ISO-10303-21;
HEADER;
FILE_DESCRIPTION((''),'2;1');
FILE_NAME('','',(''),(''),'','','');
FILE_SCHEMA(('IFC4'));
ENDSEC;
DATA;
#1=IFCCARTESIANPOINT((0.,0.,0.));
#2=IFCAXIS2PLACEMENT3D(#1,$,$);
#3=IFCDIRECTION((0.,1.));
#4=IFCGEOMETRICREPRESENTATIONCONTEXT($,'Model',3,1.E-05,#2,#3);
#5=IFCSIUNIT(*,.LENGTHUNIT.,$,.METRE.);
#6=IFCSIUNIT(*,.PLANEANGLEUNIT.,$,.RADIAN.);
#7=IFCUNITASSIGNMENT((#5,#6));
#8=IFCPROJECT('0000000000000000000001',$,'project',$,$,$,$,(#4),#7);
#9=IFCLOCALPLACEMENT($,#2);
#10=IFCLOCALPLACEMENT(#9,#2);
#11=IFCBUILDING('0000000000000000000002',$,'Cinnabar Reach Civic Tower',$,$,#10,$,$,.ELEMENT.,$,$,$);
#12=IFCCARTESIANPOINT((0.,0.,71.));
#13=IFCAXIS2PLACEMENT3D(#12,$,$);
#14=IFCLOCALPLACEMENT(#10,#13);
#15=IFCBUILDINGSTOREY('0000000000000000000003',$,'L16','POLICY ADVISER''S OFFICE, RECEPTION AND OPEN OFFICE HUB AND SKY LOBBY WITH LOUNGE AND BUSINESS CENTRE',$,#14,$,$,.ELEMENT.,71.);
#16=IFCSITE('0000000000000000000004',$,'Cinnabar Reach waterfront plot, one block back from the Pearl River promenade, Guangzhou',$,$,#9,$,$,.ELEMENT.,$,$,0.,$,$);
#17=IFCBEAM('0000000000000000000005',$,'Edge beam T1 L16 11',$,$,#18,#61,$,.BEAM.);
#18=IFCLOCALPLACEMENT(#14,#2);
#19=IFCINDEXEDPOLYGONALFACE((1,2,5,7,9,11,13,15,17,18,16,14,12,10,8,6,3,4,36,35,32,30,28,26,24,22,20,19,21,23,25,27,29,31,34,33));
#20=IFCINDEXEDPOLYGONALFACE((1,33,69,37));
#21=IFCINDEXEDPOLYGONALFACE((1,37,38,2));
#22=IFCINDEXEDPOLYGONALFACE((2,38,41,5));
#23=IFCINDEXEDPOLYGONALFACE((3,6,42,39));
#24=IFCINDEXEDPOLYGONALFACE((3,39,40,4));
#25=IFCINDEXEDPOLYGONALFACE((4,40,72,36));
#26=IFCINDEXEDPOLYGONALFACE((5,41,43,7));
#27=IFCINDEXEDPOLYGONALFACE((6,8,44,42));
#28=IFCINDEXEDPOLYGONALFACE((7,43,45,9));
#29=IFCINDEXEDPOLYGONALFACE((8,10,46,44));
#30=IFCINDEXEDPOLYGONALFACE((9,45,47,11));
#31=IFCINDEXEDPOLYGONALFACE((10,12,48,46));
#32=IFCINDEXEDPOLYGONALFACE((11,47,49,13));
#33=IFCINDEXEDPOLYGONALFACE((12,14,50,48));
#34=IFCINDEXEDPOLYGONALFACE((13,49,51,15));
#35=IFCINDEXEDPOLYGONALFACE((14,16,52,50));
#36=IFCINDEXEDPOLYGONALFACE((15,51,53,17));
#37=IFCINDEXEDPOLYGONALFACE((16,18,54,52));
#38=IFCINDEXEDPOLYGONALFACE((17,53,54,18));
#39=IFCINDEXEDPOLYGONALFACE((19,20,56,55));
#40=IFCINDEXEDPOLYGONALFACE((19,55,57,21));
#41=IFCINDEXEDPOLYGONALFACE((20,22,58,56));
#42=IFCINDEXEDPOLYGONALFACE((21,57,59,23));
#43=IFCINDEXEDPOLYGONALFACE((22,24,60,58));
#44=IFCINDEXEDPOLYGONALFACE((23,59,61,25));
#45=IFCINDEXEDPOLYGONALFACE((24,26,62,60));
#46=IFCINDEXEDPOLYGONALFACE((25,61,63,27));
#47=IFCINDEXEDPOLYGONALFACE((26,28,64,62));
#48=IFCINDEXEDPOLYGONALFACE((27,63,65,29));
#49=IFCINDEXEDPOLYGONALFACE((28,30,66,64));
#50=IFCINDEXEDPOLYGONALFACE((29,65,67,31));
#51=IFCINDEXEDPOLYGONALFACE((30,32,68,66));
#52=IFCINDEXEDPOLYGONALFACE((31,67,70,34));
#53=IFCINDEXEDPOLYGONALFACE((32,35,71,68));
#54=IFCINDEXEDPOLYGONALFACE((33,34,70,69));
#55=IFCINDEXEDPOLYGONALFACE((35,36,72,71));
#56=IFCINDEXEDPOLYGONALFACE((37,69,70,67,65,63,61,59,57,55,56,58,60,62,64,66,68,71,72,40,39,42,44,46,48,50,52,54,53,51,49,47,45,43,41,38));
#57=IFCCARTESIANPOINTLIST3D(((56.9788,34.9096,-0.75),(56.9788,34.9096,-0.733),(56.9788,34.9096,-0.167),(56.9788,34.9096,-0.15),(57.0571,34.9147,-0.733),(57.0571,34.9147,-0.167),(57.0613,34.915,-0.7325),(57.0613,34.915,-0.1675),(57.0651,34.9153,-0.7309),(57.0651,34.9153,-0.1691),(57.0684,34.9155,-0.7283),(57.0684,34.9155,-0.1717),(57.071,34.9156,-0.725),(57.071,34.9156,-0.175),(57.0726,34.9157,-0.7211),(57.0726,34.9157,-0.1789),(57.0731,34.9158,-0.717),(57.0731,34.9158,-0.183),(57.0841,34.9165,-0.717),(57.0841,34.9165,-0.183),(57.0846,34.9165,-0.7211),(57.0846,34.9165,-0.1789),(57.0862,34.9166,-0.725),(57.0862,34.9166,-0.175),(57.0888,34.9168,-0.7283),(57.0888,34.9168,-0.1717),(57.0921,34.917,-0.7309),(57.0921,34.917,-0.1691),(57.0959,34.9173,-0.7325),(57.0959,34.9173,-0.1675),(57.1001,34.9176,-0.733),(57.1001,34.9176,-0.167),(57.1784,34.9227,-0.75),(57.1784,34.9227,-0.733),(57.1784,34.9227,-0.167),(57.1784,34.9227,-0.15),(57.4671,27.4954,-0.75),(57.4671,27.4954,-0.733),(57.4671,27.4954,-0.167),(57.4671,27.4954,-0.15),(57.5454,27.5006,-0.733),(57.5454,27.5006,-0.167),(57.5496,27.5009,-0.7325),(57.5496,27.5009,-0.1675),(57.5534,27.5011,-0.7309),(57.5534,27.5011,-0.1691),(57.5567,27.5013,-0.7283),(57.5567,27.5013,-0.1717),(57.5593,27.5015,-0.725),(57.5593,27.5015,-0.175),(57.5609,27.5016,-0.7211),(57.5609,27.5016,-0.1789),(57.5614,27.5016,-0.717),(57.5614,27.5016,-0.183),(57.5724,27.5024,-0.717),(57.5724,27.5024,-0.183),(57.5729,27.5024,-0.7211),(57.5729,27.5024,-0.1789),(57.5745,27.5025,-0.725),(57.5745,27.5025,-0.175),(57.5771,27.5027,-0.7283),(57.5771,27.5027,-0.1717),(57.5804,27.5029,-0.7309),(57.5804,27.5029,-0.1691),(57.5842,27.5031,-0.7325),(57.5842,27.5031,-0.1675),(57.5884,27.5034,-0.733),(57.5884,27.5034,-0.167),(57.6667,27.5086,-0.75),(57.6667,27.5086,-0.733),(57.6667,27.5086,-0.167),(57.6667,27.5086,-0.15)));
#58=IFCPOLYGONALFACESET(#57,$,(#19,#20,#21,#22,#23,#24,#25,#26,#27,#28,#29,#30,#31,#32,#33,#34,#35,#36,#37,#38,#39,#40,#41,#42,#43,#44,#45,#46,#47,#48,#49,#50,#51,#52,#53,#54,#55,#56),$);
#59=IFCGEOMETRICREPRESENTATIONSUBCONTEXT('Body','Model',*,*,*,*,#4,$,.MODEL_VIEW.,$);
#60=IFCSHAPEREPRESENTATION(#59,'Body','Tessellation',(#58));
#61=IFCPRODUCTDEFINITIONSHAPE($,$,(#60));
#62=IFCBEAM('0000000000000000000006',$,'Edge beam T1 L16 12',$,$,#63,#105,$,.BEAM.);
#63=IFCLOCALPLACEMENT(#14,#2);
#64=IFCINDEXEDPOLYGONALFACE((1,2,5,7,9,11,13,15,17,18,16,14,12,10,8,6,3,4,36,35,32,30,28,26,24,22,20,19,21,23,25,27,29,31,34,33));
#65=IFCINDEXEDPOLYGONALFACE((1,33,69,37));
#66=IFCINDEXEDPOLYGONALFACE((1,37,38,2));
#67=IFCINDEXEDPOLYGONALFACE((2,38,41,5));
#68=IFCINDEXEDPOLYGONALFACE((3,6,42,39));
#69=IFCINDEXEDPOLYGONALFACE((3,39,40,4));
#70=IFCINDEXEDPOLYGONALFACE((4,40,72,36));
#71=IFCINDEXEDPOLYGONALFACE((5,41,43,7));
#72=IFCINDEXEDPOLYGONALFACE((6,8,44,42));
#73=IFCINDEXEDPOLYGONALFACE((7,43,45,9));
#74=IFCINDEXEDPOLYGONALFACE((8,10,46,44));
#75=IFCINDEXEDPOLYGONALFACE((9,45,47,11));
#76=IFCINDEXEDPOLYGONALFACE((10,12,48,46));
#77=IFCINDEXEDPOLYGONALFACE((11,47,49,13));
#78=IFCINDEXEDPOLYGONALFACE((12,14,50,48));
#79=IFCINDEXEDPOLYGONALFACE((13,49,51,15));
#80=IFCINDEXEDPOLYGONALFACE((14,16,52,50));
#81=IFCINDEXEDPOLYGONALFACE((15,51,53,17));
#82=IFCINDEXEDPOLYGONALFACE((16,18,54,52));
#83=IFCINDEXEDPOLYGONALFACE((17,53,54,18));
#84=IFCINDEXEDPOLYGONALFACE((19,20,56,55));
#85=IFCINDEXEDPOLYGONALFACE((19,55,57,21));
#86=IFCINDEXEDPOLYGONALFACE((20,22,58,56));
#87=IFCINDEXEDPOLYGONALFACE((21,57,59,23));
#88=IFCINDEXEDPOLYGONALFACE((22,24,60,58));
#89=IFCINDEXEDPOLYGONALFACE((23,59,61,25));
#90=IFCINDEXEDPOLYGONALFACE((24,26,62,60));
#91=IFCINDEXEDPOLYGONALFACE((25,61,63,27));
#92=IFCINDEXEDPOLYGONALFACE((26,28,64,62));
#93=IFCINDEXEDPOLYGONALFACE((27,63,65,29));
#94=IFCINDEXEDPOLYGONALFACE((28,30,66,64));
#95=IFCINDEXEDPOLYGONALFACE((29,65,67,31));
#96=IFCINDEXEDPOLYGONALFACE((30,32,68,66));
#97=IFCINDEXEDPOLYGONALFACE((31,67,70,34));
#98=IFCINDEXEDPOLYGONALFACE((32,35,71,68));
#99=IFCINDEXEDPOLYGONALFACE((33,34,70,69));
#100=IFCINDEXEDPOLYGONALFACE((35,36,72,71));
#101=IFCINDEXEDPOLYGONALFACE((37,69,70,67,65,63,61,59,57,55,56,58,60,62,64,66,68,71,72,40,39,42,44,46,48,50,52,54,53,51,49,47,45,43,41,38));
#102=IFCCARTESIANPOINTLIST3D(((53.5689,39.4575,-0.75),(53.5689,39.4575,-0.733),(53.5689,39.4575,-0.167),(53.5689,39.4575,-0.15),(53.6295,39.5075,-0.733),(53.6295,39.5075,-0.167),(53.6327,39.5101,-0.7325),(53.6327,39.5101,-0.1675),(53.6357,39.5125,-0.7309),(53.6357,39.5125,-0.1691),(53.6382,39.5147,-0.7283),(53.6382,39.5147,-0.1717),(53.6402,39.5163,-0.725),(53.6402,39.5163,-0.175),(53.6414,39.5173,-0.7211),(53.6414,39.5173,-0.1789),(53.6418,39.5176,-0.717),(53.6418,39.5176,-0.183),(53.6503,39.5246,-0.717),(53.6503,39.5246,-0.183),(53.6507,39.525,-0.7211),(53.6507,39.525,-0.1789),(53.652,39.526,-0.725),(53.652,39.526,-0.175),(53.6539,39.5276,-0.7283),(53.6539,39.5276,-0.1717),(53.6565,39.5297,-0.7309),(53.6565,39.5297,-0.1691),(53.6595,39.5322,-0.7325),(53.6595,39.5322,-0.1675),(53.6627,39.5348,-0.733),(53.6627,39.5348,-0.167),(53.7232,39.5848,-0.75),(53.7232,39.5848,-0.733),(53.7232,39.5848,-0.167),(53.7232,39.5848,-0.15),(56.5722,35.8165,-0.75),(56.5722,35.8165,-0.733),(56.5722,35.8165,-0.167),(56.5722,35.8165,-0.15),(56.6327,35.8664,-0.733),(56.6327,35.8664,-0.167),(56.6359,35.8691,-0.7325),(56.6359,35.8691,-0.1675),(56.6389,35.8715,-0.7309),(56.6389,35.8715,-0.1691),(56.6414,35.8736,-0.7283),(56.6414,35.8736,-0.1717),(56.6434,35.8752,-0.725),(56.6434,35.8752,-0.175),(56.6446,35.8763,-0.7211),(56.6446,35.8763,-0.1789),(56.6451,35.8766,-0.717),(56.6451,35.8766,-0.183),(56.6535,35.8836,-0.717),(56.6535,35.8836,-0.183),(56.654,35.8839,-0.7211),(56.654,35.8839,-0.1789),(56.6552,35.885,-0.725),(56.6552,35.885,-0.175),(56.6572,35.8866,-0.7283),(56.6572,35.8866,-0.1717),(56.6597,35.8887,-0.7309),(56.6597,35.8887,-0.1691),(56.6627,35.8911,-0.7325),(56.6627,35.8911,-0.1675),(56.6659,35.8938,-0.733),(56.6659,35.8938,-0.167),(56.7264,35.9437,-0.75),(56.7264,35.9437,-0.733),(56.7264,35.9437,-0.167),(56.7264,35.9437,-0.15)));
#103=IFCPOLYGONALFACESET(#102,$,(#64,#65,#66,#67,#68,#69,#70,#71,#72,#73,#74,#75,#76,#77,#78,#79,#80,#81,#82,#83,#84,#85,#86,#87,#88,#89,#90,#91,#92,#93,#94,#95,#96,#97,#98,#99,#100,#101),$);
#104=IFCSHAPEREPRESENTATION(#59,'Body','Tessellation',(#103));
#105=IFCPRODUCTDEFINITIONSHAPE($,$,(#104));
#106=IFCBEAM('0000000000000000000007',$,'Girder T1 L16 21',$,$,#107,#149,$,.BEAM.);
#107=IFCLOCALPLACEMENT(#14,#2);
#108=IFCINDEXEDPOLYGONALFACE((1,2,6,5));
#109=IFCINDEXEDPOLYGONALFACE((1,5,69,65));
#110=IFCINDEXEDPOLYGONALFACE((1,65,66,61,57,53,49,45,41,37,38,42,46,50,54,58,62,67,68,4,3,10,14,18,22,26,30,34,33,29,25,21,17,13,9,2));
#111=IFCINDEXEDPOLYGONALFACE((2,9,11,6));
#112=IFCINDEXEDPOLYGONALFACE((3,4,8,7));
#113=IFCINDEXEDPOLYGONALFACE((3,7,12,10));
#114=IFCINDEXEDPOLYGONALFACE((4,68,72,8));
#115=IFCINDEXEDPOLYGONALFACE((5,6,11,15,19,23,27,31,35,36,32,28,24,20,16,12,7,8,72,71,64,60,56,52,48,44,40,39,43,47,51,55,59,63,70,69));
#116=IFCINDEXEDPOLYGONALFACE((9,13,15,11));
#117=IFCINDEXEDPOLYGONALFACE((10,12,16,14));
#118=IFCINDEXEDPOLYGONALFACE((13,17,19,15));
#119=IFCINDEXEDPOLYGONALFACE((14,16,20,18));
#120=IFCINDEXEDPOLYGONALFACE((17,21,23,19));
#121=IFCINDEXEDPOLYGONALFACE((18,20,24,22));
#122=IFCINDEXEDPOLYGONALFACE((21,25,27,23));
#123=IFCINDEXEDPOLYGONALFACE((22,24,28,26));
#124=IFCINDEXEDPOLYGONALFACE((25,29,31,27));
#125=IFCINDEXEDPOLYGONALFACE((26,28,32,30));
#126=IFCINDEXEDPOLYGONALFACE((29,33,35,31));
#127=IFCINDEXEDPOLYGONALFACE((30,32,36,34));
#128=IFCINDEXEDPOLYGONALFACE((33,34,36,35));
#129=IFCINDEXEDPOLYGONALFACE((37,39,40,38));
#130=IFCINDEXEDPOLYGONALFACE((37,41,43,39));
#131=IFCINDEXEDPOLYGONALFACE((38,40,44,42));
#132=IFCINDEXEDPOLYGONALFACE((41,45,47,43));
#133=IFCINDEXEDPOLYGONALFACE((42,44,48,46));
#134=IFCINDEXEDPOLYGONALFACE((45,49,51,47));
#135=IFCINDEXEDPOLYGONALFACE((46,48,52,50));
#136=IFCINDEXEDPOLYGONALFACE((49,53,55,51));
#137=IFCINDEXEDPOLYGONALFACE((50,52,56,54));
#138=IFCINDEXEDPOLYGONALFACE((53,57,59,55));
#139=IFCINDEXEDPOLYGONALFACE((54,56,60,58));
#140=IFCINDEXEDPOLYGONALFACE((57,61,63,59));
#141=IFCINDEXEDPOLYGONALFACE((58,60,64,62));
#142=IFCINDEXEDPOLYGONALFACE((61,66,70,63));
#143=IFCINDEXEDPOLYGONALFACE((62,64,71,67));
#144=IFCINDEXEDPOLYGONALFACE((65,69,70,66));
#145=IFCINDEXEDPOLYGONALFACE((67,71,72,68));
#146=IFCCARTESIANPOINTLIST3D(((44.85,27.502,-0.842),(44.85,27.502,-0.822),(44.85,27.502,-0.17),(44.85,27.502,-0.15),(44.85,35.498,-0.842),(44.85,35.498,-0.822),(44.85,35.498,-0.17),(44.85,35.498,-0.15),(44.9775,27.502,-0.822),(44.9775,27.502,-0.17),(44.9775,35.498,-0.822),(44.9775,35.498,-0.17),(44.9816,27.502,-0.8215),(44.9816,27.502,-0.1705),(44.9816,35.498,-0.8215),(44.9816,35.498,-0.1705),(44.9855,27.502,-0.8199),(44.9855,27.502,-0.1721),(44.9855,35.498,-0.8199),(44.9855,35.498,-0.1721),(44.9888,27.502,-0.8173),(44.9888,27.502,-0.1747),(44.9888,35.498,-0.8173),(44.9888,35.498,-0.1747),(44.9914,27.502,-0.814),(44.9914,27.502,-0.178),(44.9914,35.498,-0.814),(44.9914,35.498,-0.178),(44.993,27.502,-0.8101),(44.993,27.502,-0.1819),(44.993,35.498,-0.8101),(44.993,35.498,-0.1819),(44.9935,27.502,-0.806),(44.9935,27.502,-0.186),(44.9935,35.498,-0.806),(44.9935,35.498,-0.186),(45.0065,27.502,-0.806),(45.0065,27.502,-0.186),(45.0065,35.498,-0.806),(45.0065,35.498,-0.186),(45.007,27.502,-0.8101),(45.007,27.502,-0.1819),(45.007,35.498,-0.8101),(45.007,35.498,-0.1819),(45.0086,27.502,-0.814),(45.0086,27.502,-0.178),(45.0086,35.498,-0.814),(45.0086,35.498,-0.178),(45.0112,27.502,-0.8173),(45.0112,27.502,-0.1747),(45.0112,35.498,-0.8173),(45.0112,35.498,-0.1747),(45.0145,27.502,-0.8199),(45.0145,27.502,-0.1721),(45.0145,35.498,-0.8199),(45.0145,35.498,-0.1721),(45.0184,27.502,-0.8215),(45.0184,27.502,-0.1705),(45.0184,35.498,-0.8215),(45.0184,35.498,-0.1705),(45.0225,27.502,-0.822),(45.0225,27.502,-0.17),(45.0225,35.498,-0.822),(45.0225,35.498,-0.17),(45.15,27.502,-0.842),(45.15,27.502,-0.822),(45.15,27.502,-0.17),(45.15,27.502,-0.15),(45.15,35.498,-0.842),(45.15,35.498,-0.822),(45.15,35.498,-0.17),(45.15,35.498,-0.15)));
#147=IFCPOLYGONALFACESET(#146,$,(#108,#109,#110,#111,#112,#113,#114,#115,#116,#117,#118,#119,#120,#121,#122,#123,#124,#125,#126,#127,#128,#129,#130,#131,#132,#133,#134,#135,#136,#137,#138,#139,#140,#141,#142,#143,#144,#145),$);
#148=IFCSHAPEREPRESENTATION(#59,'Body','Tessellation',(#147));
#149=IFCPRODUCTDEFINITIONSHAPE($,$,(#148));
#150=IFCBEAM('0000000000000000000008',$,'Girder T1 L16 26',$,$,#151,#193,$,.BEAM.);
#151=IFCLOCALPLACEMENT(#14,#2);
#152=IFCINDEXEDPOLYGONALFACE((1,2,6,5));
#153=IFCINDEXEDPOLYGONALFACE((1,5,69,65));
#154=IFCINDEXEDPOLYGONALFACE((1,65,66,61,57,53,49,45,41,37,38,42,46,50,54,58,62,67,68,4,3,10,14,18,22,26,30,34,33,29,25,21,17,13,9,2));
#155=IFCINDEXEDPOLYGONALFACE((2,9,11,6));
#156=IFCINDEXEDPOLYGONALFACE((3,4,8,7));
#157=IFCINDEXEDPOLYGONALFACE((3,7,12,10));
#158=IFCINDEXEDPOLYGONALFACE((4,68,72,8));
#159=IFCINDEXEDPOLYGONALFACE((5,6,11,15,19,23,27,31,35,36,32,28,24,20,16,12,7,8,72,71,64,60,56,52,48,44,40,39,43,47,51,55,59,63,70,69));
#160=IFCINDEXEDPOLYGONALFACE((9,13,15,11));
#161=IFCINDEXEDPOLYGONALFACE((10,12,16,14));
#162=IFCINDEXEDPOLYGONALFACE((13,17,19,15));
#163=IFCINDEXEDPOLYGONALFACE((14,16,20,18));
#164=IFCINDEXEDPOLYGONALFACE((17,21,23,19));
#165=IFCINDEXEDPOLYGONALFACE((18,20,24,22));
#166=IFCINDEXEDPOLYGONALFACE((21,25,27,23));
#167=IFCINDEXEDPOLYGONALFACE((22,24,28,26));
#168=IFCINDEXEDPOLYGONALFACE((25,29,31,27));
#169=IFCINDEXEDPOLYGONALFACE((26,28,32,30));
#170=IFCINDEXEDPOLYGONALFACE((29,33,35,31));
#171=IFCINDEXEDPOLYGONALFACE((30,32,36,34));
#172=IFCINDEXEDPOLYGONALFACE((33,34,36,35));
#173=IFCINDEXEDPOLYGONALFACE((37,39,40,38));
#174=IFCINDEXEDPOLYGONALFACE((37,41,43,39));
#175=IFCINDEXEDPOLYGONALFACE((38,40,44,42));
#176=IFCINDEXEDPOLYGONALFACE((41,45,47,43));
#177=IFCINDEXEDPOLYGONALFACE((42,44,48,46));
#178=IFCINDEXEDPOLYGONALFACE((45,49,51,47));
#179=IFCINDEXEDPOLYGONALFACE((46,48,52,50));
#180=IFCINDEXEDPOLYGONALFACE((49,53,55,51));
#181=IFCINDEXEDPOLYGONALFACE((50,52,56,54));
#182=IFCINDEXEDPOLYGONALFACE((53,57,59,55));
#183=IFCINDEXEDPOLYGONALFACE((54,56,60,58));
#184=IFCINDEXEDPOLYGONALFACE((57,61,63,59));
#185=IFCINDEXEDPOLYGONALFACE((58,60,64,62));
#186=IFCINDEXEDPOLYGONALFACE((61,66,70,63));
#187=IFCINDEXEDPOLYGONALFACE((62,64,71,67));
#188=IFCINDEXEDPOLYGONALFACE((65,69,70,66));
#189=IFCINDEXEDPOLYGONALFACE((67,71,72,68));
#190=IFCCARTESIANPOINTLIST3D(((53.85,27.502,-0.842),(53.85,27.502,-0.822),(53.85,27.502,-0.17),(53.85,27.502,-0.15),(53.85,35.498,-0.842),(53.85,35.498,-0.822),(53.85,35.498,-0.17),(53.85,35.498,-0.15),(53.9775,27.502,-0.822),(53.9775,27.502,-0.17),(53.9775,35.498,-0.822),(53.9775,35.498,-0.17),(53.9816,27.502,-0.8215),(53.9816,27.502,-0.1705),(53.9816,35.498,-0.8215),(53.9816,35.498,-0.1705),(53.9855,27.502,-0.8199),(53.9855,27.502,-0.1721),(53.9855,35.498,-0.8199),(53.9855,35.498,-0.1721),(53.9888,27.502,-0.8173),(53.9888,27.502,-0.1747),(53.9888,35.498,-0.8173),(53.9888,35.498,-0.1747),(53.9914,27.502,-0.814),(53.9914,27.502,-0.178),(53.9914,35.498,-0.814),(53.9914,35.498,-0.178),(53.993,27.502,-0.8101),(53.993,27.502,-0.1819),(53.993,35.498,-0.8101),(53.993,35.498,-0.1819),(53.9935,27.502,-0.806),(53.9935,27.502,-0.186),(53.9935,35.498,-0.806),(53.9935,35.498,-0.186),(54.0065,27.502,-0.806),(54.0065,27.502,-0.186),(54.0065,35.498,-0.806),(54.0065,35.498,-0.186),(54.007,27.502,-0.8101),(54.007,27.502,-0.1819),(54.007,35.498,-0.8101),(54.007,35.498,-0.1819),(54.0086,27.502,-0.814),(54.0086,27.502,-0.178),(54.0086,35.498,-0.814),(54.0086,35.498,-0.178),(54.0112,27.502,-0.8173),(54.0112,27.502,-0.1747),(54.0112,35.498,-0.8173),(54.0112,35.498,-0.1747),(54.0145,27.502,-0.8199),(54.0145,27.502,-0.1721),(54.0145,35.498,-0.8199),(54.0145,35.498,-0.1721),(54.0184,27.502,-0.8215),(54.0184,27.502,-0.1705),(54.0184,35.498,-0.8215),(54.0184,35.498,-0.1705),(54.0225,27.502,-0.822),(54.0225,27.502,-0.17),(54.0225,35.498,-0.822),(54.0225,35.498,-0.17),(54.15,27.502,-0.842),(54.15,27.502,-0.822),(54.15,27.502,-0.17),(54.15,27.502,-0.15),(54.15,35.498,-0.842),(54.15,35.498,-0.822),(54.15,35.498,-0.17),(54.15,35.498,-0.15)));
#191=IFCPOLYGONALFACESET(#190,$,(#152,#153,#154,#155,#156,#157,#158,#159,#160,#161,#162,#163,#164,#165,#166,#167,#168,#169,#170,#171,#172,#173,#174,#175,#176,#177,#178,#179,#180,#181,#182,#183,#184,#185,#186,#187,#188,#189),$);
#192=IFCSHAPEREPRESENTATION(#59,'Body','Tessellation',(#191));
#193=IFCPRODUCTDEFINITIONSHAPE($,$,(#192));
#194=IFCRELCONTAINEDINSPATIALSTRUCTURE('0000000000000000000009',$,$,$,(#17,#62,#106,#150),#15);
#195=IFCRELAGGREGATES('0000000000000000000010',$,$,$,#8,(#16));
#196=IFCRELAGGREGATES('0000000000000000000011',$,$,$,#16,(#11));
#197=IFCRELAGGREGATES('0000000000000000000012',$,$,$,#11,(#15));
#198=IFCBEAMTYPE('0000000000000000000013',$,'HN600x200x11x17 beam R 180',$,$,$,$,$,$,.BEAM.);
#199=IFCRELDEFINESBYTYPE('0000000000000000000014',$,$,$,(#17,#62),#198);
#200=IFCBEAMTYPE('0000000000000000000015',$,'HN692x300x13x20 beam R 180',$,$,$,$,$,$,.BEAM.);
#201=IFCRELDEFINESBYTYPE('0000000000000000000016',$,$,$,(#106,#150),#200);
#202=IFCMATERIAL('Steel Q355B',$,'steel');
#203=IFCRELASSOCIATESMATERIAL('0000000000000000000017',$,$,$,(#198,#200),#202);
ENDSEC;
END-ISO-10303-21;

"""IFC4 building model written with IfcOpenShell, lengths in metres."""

from ifc_helpers import new_model, si_unit, direction, frame, origin, origin_2d, place, context, subcontext, project, spatial, i_section, extrude, material, material_profile, profile_set, type_object, element, save


model = new_model("IFC4")

# Units and contexts
model_context = context("Model", 3, precision=1e-05, world=origin(), true_north=direction((0.0, 1.0)))
body_context = subcontext(model_context, "Body", "Model", "MODEL_VIEW")
ifc_project = project(units=[si_unit("LENGTHUNIT", "METRE"), si_unit("PLANEANGLEUNIT", "RADIAN")], contexts=[model_context])

# Site, building, storey
site_placement = place(None, origin())
site = spatial("IfcSite", under=ifc_project, at=site_placement, Name="Cinnabar Reach waterfront plot, one block back from the Pearl River promenade, Guangzhou", CompositionType="ELEMENT", RefElevation=0.0)
building_placement = place(site_placement, origin())
building = spatial("IfcBuilding", under=site, at=building_placement, Name="Cinnabar Reach Civic Tower", CompositionType="ELEMENT")
storey_placement = place(building_placement, frame((0.0, 0.0, 71.0)))
storey = spatial("IfcBuildingStorey", under=building, at=storey_placement, Name="L16", Description="POLICY ADVISER'S OFFICE, RECEPTION AND OPEN OFFICE HUB AND SKY LOBBY WITH LOUNGE AND BUSINESS CENTRE", CompositionType="ELEMENT", Elevation=71.0)

# Beams
ifc_material_1 = material(Name="Steel Q355B", Category="steel")
ifc_material_profile_1 = material_profile(ifc_material_1, i_section(OverallWidth=0.2, OverallDepth=0.6, WebThickness=0.011, FlangeThickness=0.017, FilletRadius=0.016, at=origin_2d()), Name="HN600x200x11x17")
ifc_profile_set_1 = profile_set([ifc_material_profile_1], Name="Steel Q355B")
beam_type_1 = type_object("IfcBeamType", Name="HN600x200x11x17 beam R 180", PredefinedType="BEAM", material=ifc_profile_set_1)
beam_1_placement = place(storey_placement, frame((57.5669, 27.502, -0.45), z_axis=(-0.065719, 0.997838, 0.0), x_axis=(-0.997838, -0.065719, 0.0)))
element("IfcBeam", 1, at=beam_1_placement, inside=storey, type_object=beam_type_1, Name="Edge beam T1 L16 11", PredefinedType="BEAM", context=body_context, shape_type="SweptSolid", body=[
    extrude(i_section(OverallWidth=0.2, OverallDepth=0.6, WebThickness=0.011, FlangeThickness=0.017, FilletRadius=0.016, at=origin_2d()), origin(), (0.0, 0.0, 1.0), 7.4302),
])
beam_2_placement = place(storey_placement, frame((56.6493, 35.8801, -0.45), z_axis=(-0.636304, 0.771438, 0.0), x_axis=(-0.771438, -0.636304, 0.0)))
element("IfcBeam", 2, at=beam_2_placement, inside=storey, type_object=beam_type_1, Name="Edge beam T1 L16 12", PredefinedType="BEAM", context=body_context, shape_type="SweptSolid", body=[
    extrude(i_section(OverallWidth=0.2, OverallDepth=0.6, WebThickness=0.011, FlangeThickness=0.017, FilletRadius=0.016, at=origin_2d()), origin(), (0.0, 0.0, 1.0), 4.7198),
])
ifc_material_profile_2 = material_profile(ifc_material_1, i_section(OverallWidth=0.3, OverallDepth=0.692, WebThickness=0.013, FlangeThickness=0.02, FilletRadius=0.016, at=origin_2d()), Name="HN692x300x13x20")
ifc_profile_set_2 = profile_set([ifc_material_profile_2], Name="Steel Q355B")
beam_type_2 = type_object("IfcBeamType", Name="HN692x300x13x20 beam R 180", PredefinedType="BEAM", material=ifc_profile_set_2)
for number, where, z_axis, x_axis, name in (
    (3, (45.0, 27.502, -0.496), (0.0, 1.0, 0.0), (-1.0, 0.0, 0.0), "Girder T1 L16 21"),
    (4, (54.0, 27.502, -0.496), (0.0, 1.0, 0.0), (-1.0, 0.0, 0.0), "Girder T1 L16 26"),
):
    element("IfcBeam", number, at=place(storey_placement, frame(where, z_axis=z_axis, x_axis=x_axis)), inside=storey, type_object=beam_type_2, Name=name, PredefinedType="BEAM", context=body_context, shape_type="SweptSolid", body=[
        extrude(i_section(OverallWidth=0.3, OverallDepth=0.692, WebThickness=0.013, FlangeThickness=0.02, FilletRadius=0.016, at=origin_2d()), origin(), (0.0, 0.0, 1.0), 7.996),
    ])

save(model, "model.ifc")
